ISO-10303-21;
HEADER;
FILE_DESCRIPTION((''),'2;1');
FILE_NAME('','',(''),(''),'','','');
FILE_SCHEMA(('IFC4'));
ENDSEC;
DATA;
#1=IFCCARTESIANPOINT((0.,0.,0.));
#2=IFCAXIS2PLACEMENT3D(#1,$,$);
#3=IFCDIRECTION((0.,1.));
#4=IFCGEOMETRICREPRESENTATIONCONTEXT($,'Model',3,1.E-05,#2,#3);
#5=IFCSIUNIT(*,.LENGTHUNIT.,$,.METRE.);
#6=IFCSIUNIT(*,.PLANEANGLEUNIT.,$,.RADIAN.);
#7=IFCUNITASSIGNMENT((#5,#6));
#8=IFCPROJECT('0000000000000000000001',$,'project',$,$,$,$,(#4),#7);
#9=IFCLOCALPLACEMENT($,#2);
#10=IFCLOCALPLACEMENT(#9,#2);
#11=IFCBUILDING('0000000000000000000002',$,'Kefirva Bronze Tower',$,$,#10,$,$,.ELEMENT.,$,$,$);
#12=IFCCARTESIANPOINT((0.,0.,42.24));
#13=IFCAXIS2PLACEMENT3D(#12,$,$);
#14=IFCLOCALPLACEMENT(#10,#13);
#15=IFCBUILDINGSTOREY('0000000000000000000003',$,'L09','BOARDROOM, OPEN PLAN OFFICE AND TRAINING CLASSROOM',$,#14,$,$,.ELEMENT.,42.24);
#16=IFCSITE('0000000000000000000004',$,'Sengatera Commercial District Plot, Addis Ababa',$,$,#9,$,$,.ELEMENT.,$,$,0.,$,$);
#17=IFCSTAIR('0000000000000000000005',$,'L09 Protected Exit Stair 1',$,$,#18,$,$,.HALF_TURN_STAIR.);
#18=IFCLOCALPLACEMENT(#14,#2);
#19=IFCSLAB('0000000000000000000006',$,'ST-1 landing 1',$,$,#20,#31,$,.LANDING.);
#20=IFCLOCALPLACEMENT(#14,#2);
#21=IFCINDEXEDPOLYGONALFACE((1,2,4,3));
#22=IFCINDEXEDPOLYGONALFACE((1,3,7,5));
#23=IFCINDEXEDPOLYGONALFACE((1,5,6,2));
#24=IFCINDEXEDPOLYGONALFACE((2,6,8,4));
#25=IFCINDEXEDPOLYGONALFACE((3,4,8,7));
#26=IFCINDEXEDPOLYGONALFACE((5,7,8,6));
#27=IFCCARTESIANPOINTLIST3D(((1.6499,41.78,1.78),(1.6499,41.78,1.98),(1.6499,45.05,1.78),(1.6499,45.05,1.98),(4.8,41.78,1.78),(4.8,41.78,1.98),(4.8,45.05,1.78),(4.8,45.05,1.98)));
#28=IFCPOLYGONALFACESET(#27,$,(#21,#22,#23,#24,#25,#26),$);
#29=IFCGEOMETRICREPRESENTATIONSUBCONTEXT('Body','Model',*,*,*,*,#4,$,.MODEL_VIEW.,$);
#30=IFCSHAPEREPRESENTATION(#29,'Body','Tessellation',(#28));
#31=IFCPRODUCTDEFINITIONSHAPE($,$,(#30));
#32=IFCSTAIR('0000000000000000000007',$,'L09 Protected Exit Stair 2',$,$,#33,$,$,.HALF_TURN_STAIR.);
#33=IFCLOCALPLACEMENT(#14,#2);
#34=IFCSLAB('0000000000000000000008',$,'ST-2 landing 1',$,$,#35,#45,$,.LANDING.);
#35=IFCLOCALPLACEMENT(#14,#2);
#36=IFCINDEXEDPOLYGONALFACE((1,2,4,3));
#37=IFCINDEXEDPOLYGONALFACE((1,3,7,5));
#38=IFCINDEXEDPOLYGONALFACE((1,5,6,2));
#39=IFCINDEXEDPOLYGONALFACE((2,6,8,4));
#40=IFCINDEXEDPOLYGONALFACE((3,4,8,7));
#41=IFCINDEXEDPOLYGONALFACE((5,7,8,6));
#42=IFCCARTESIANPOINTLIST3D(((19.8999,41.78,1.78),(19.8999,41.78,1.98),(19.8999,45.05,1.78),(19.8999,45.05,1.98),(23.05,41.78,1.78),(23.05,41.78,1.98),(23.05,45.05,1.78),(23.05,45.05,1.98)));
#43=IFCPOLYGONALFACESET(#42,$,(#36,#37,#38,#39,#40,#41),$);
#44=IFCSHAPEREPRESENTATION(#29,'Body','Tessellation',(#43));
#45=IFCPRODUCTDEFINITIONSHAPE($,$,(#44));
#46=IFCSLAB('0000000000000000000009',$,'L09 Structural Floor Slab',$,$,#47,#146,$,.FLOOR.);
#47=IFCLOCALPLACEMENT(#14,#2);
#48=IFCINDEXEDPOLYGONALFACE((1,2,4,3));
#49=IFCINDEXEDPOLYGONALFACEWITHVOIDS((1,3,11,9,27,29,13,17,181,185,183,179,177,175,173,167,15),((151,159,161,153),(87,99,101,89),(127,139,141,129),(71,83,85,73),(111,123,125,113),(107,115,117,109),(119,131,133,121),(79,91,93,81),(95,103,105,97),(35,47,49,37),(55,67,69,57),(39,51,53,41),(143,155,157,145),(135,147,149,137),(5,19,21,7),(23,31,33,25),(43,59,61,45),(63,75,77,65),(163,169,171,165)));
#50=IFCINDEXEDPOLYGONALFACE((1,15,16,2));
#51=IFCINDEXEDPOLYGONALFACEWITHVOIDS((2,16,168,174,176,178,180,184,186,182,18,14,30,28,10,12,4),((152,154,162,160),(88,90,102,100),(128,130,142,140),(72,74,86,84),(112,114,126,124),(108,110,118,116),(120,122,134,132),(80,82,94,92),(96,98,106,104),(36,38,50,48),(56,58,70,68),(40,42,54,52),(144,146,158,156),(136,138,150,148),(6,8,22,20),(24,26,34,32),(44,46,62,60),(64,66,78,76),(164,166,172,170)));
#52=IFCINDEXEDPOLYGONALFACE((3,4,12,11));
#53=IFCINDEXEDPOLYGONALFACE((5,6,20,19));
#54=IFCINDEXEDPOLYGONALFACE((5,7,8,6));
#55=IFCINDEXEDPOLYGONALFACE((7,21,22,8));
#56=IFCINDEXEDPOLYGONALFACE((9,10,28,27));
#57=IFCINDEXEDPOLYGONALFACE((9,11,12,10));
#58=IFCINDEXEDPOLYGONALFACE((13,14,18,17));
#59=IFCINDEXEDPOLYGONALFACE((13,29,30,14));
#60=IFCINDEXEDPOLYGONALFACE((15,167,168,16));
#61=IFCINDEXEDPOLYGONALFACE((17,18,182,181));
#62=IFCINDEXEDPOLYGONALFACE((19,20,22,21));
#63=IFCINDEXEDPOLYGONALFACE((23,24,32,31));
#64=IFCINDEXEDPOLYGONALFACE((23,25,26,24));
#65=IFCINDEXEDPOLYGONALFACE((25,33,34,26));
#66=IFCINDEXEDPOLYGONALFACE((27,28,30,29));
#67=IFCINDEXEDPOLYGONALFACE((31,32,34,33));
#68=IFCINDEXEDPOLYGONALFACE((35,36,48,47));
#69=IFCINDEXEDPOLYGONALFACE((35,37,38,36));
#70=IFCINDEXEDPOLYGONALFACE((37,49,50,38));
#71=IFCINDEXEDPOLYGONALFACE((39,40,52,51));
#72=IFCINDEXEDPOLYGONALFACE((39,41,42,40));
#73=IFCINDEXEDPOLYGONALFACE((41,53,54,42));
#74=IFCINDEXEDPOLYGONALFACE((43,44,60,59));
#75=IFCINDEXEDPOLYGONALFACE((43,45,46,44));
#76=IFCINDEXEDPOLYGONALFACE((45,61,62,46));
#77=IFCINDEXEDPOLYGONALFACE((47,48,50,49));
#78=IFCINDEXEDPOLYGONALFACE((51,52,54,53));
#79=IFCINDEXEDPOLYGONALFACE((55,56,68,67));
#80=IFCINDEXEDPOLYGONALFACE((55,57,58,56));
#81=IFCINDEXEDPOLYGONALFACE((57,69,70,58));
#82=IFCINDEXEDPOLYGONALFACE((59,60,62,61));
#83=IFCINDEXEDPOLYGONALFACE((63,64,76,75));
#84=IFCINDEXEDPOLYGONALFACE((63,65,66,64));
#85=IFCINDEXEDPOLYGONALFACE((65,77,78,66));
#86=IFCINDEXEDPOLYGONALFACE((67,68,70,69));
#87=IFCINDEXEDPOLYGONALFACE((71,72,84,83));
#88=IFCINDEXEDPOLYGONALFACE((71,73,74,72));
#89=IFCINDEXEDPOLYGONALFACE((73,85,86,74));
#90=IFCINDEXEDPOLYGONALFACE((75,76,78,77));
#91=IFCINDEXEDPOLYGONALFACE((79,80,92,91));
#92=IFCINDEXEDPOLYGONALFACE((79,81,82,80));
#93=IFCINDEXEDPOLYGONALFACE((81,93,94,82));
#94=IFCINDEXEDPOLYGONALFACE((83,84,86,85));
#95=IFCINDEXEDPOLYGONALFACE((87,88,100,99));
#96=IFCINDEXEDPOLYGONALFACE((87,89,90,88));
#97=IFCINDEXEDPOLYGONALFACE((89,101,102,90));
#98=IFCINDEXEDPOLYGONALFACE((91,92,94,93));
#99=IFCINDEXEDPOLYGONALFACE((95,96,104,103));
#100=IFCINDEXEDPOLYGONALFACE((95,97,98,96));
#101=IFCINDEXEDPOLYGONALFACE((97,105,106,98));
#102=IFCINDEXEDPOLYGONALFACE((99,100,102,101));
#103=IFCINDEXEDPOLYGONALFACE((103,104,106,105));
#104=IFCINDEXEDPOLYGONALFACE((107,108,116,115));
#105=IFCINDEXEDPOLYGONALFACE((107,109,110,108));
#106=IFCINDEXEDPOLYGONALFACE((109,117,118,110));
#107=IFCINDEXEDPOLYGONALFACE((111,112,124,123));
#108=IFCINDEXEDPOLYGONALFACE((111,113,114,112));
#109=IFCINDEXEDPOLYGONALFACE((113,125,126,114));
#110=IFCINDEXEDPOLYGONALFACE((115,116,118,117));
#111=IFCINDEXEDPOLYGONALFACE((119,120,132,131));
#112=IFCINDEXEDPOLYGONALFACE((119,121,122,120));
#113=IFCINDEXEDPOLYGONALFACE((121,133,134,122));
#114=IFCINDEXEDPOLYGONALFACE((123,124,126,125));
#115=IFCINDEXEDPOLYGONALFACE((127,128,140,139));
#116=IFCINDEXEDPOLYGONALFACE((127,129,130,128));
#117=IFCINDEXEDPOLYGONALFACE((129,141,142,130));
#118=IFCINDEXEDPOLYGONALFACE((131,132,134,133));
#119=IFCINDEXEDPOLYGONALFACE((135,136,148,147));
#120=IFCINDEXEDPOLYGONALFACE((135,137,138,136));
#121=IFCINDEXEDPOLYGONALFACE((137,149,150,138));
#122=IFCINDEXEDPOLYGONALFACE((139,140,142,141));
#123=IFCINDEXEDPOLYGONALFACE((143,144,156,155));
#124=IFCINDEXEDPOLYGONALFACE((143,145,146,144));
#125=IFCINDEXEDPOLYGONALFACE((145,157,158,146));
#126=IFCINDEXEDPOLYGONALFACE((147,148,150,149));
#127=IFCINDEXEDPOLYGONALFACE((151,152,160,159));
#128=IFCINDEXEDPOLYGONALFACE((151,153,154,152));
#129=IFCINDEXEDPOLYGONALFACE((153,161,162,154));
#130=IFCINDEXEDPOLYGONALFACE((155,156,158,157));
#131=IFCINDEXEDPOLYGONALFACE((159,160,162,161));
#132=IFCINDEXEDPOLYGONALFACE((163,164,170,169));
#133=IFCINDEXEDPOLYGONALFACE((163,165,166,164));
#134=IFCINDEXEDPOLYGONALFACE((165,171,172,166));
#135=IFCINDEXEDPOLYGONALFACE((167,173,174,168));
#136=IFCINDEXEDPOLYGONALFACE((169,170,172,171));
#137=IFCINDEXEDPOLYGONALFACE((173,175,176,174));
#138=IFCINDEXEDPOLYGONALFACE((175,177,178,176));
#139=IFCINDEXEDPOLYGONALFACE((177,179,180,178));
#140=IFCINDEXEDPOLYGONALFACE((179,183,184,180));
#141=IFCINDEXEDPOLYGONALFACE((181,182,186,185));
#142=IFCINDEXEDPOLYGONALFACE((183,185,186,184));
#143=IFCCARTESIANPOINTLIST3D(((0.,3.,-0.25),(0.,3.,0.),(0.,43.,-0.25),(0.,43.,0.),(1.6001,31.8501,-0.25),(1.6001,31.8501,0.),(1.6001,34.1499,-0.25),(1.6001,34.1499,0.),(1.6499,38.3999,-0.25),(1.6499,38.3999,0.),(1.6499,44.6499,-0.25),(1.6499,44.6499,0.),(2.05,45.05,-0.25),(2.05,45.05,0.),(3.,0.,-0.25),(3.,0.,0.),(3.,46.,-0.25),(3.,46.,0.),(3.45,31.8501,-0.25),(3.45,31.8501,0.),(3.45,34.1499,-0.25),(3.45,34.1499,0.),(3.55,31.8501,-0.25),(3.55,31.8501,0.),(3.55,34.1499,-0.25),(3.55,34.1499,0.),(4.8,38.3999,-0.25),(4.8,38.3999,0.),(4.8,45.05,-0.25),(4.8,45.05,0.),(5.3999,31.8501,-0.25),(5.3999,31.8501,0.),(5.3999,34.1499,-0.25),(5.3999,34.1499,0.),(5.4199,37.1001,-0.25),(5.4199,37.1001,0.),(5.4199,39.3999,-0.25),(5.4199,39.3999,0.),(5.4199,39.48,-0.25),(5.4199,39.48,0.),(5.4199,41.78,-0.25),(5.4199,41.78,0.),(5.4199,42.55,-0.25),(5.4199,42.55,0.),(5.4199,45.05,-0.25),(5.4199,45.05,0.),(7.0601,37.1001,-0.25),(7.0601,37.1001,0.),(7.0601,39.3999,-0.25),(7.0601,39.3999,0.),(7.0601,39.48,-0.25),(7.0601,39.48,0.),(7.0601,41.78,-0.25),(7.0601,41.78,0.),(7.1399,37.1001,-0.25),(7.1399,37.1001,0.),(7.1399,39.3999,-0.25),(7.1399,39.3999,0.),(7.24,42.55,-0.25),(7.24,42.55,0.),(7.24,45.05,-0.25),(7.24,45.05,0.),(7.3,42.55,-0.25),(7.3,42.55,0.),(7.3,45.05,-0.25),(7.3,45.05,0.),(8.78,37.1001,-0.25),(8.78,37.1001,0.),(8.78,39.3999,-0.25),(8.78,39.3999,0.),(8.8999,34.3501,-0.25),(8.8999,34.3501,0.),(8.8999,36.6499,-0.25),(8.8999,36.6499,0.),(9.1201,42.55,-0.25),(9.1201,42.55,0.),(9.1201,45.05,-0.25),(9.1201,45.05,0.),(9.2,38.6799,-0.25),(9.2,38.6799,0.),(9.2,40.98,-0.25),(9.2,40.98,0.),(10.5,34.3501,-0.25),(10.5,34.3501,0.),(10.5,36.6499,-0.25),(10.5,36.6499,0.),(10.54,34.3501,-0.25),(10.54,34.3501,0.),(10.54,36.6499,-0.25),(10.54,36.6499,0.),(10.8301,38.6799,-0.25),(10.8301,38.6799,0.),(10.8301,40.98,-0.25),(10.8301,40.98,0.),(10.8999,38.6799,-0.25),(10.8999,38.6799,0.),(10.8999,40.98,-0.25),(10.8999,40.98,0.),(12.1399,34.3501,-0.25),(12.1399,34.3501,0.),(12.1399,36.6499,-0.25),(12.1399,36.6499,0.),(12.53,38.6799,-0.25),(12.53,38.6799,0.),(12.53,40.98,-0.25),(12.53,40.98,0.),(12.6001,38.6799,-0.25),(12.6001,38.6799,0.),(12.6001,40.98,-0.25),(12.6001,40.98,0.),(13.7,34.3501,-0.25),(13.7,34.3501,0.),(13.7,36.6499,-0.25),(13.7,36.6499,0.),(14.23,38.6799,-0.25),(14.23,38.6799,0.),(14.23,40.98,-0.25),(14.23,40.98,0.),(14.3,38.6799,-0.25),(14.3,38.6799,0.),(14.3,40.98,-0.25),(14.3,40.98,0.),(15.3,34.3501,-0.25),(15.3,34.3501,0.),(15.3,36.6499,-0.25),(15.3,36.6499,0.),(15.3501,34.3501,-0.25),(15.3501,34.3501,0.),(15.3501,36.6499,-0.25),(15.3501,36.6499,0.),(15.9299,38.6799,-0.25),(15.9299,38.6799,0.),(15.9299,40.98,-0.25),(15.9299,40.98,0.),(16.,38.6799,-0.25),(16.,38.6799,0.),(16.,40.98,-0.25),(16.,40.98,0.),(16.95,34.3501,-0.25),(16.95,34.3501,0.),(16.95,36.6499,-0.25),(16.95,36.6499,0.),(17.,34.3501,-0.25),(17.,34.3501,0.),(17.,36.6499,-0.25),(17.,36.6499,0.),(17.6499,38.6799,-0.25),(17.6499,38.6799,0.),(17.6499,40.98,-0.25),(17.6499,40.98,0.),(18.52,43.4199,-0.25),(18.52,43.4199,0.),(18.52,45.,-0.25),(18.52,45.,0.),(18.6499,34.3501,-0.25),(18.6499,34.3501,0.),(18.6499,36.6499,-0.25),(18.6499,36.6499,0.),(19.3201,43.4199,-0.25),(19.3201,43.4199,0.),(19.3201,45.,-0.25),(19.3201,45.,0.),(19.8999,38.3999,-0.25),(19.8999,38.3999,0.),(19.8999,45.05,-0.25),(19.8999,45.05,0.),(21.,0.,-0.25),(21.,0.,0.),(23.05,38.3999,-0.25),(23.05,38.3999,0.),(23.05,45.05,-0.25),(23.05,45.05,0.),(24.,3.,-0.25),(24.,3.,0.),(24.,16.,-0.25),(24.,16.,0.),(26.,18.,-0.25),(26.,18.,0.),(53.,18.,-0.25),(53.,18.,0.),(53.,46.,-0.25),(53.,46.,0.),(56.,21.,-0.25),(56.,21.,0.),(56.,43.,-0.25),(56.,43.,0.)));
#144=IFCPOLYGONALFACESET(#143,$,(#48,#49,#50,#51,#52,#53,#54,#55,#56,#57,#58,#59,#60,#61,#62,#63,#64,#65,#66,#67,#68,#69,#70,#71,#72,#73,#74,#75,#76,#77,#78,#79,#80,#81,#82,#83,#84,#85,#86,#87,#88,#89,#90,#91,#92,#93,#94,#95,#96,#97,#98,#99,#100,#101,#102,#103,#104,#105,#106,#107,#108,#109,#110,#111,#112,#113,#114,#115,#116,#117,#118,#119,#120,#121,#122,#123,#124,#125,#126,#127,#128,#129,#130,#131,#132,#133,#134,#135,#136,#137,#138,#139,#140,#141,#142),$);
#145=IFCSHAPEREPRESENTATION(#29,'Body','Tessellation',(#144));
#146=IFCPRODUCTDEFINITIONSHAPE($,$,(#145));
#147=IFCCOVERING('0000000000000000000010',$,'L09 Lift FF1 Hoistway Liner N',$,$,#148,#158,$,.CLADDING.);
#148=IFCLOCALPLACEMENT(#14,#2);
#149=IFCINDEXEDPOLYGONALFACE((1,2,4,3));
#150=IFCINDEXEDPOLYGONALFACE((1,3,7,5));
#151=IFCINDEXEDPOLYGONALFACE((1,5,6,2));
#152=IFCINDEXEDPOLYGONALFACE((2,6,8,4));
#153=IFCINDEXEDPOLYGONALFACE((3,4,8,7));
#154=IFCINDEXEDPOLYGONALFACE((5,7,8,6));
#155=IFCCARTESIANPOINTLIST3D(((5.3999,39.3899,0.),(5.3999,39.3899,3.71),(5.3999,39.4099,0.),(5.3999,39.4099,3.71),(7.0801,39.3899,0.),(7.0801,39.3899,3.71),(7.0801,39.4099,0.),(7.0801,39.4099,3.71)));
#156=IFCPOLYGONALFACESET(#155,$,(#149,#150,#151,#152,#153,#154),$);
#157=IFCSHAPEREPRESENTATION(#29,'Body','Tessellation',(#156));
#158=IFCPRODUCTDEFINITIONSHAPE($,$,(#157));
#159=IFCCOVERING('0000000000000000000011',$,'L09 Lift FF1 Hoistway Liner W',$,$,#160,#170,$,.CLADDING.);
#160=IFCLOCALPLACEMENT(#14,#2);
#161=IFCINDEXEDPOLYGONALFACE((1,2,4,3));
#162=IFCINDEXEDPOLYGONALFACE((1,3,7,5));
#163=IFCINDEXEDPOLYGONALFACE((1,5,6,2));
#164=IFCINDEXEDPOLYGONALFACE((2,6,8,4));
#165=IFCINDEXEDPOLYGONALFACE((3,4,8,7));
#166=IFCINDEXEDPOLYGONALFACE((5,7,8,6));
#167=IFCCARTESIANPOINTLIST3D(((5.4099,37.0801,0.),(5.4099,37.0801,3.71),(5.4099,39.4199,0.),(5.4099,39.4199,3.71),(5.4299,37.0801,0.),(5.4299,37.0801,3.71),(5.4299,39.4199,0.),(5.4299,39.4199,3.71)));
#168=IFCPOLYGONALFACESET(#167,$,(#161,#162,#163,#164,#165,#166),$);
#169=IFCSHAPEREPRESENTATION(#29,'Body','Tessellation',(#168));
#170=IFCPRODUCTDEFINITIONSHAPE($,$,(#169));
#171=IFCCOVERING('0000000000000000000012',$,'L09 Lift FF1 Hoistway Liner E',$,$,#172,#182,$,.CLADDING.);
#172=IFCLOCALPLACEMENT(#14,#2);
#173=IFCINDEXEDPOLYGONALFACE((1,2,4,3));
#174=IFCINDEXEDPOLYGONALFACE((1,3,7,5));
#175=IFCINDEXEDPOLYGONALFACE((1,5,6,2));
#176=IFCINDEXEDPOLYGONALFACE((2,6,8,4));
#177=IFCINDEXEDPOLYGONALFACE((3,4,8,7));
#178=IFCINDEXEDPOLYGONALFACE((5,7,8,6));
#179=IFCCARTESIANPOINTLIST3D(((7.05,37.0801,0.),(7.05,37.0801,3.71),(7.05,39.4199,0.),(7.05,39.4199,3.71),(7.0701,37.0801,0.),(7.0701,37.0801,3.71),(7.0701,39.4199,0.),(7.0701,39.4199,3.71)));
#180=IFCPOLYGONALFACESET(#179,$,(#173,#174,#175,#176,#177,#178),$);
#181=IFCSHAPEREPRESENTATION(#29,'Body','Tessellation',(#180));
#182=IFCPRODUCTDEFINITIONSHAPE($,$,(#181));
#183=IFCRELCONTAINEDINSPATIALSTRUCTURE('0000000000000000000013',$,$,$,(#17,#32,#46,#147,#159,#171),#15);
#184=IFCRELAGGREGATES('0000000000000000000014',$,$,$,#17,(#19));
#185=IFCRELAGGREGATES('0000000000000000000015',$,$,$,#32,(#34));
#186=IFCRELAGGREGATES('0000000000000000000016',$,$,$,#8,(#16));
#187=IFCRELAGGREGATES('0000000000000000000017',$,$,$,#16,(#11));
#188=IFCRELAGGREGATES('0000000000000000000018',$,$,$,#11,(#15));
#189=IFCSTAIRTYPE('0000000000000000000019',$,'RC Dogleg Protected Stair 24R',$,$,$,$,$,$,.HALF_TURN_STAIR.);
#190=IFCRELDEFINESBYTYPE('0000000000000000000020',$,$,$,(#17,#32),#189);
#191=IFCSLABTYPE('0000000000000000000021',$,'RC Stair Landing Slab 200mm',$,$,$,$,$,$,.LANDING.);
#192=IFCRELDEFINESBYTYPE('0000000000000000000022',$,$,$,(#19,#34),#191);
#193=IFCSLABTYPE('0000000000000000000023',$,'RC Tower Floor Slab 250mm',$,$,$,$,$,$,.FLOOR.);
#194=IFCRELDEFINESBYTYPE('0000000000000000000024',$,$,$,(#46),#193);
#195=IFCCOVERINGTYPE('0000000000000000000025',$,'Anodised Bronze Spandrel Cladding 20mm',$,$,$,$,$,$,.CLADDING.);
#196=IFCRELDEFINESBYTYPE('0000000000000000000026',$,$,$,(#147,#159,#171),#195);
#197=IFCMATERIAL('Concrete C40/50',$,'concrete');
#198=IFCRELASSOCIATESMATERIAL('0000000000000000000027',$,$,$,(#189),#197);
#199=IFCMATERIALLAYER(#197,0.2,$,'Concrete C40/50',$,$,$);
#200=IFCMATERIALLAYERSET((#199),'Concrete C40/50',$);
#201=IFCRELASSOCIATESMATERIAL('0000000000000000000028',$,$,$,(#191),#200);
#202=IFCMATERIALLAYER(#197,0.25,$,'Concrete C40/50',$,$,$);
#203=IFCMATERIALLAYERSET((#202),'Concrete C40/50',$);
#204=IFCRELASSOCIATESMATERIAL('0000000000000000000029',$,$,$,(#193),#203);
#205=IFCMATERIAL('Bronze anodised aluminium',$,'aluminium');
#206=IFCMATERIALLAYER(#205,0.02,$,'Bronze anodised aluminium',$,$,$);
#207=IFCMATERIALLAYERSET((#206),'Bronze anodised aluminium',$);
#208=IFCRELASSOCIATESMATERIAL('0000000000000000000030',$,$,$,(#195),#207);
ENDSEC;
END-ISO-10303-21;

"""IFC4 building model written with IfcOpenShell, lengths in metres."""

from ifc_helpers import new_model, si_unit, direction, frame, origin, place, context, subcontext, project, spatial, polyline, outline, extrude, material, layer, layer_set, type_object, element, aggregate, save


model = new_model("IFC4")

# Units and contexts
model_context = context("Model", 3, precision=1e-05, world=origin(), true_north=direction((0.0, 1.0)))
body_context = subcontext(model_context, "Body", "Model", "MODEL_VIEW")
ifc_project = project(units=[si_unit("LENGTHUNIT", "METRE"), si_unit("PLANEANGLEUNIT", "RADIAN")], contexts=[model_context])

# Site, building, storey
site_placement = place(None, origin())
site = spatial("IfcSite", under=ifc_project, at=site_placement, Name="Sengatera Commercial District Plot, Addis Ababa", CompositionType="ELEMENT", RefElevation=0.0)
building_placement = place(site_placement, origin())
building = spatial("IfcBuilding", under=site, at=building_placement, Name="Kefirva Bronze Tower", CompositionType="ELEMENT")
storey_placement = place(building_placement, frame((0.0, 0.0, 42.24)))
storey = spatial("IfcBuildingStorey", under=building, at=storey_placement, Name="L09", Description="BOARDROOM, OPEN PLAN OFFICE AND TRAINING CLASSROOM", CompositionType="ELEMENT", Elevation=42.24)

# Stairs, slabs
ifc_material_1 = material(Name="Concrete C40/50", Category="concrete")
stair_type = type_object("IfcStairType", Name="RC Dogleg Protected Stair 24R", PredefinedType="HALF_TURN_STAIR", material=ifc_material_1)
stair_1_placement = place(storey_placement, origin())
stair_1 = element("IfcStair", 1, at=stair_1_placement, inside=storey, type_object=stair_type, Name="L09 Protected Exit Stair 1", PredefinedType="HALF_TURN_STAIR")
ifc_layer_1 = layer(ifc_material_1, 0.2, Name="Concrete C40/50")
ifc_layer_set_1 = layer_set([ifc_layer_1], Name="Concrete C40/50")
slab_type_1 = type_object("IfcSlabType", Name="RC Stair Landing Slab 200mm", PredefinedType="LANDING", material=ifc_layer_set_1)
slab_1_placement = place(storey_placement, frame((0.0, 0.0, 1.78)))
slab_1 = element("IfcSlab", 2, at=slab_1_placement, type_object=slab_type_1, Name="ST-1 landing 1", PredefinedType="LANDING", context=body_context, shape_type="SweptSolid", body=[
    extrude(outline(polyline([(4.8, 41.78), (4.8, 45.05), (1.6499, 45.05), (1.6499, 41.78), (4.8, 41.78)])), origin(), (0.0, 0.0, 1.0), 0.2),
])
aggregate(stair_1, [slab_1])
stair_2_placement = place(storey_placement, origin())
stair_2 = element("IfcStair", 3, at=stair_2_placement, inside=storey, type_object=stair_type, Name="L09 Protected Exit Stair 2", PredefinedType="HALF_TURN_STAIR")
slab_2_placement = place(storey_placement, frame((0.0, 0.0, 1.78)))
slab_2 = element("IfcSlab", 4, at=slab_2_placement, type_object=slab_type_1, Name="ST-2 landing 1", PredefinedType="LANDING", context=body_context, shape_type="SweptSolid", body=[
    extrude(outline(polyline([(23.05, 41.78), (23.05, 45.05), (19.8999, 45.05), (19.8999, 41.78), (23.05, 41.78)])), origin(), (0.0, 0.0, 1.0), 0.2),
])
aggregate(stair_2, [slab_2])

# Slab
ifc_layer_2 = layer(ifc_material_1, 0.25, Name="Concrete C40/50")
ifc_layer_set_2 = layer_set([ifc_layer_2], Name="Concrete C40/50")
slab_type_2 = type_object("IfcSlabType", Name="RC Tower Floor Slab 250mm", PredefinedType="FLOOR", material=ifc_layer_set_2)
slab_3_placement = place(storey_placement, frame((0.0, 0.0, -0.25)))
element("IfcSlab", 5, at=slab_3_placement, inside=storey, type_object=slab_type_2, Name="L09 Structural Floor Slab", PredefinedType="FLOOR", context=body_context, shape_type="SweptSolid", body=[
    extrude(outline(polyline([(0.0, 3.0), (0.0, 43.0), (1.6499, 44.6499), (1.6499, 38.3999), (4.8, 38.3999), (4.8, 45.05), (2.05, 45.05), (3.0, 46.0), (53.0, 46.0), (56.0, 43.0), (56.0, 21.0), (53.0, 18.0), (26.0, 18.0), (24.0, 16.0), (24.0, 3.0), (21.0, 0.0), (3.0, 0.0), (0.0, 3.0)]), holes=[polyline([(19.8999, 38.3999), (23.05, 38.3999), (23.05, 45.05), (19.8999, 45.05), (19.8999, 38.3999)]), polyline([(18.52, 43.4199), (19.3201, 43.4199), (19.3201, 45.0), (18.52, 45.0), (18.52, 43.4199)]), polyline([(17.0, 34.3501), (18.6499, 34.3501), (18.6499, 36.6499), (17.0, 36.6499), (17.0, 34.3501)]), polyline([(17.6499, 38.6799), (17.6499, 40.98), (16.0, 40.98), (16.0, 38.6799), (17.6499, 38.6799)]), polyline([(16.95, 34.3501), (16.95, 36.6499), (15.3501, 36.6499), (15.3501, 34.3501), (16.95, 34.3501)]), polyline([(15.9299, 38.6799), (15.9299, 40.98), (14.3, 40.98), (14.3, 38.6799), (15.9299, 38.6799)]), polyline([(15.3, 34.3501), (15.3, 36.6499), (13.7, 36.6499), (13.7, 34.3501), (15.3, 34.3501)]), polyline([(14.23, 38.6799), (14.23, 40.98), (12.6001, 40.98), (12.6001, 38.6799), (14.23, 38.6799)]), polyline([(10.8999, 38.6799), (12.53, 38.6799), (12.53, 40.98), (10.8999, 40.98), (10.8999, 38.6799)]), polyline([(12.1399, 34.3501), (12.1399, 36.6499), (10.54, 36.6499), (10.54, 34.3501), (12.1399, 34.3501)]), polyline([(10.8301, 38.6799), (10.8301, 40.98), (9.2, 40.98), (9.2, 38.6799), (10.8301, 38.6799)]), polyline([(10.5, 34.3501), (10.5, 36.6499), (8.8999, 36.6499), (8.8999, 34.3501), (10.5, 34.3501)]), polyline([(7.3, 42.55), (9.1201, 42.55), (9.1201, 45.05), (7.3, 45.05), (7.3, 42.55)]), polyline([(7.1399, 37.1001), (8.78, 37.1001), (8.78, 39.3999), (7.1399, 39.3999), (7.1399, 37.1001)]), polyline([(5.4199, 42.55), (7.24, 42.55), (7.24, 45.05), (5.4199, 45.05), (5.4199, 42.55)]), polyline([(7.0601, 39.48), (7.0601, 41.78), (5.4199, 41.78), (5.4199, 39.48), (7.0601, 39.48)]), polyline([(5.4199, 37.1001), (7.0601, 37.1001), (7.0601, 39.3999), (5.4199, 39.3999), (5.4199, 37.1001)]), polyline([(5.3999, 31.8501), (5.3999, 34.1499), (3.55, 34.1499), (3.55, 31.8501), (5.3999, 31.8501)]), polyline([(3.45, 31.8501), (3.45, 34.1499), (1.6001, 34.1499), (1.6001, 31.8501), (3.45, 31.8501)])]), origin(), (0.0, 0.0, 1.0), 0.25),
])

# Coverings
ifc_material_2 = material(Name="Bronze anodised aluminium", Category="aluminium")
ifc_layer_3 = layer(ifc_material_2, 0.02, Name="Bronze anodised aluminium")
ifc_layer_set_3 = layer_set([ifc_layer_3], Name="Bronze anodised aluminium")
covering_type = type_object("IfcCoveringType", Name="Anodised Bronze Spandrel Cladding 20mm", PredefinedType="CLADDING", material=ifc_layer_set_3)
covering_1_placement = place(storey_placement, origin())
element("IfcCovering", 6, at=covering_1_placement, inside=storey, type_object=covering_type, Name="L09 Lift FF1 Hoistway Liner N", PredefinedType="CLADDING", context=body_context, shape_type="SweptSolid", body=[
    extrude(outline(polyline([(5.3999, 39.3899), (7.0801, 39.3899), (7.0801, 39.4099), (5.3999, 39.4099), (5.3999, 39.3899)])), origin(), (0.0, 0.0, 1.0), 3.71),
])
covering_2_placement = place(storey_placement, origin())
element("IfcCovering", 7, at=covering_2_placement, inside=storey, type_object=covering_type, Name="L09 Lift FF1 Hoistway Liner W", PredefinedType="CLADDING", context=body_context, shape_type="SweptSolid", body=[
    extrude(outline(polyline([(5.4099, 37.0801), (5.4299, 37.0801), (5.4299, 39.4199), (5.4099, 39.4199), (5.4099, 37.0801)])), origin(), (0.0, 0.0, 1.0), 3.71),
])
covering_3_placement = place(storey_placement, origin())
element("IfcCovering", 8, at=covering_3_placement, inside=storey, type_object=covering_type, Name="L09 Lift FF1 Hoistway Liner E", PredefinedType="CLADDING", context=body_context, shape_type="SweptSolid", body=[
    extrude(outline(polyline([(7.05, 37.0801), (7.0701, 37.0801), (7.0701, 39.4199), (7.05, 39.4199), (7.05, 37.0801)])), origin(), (0.0, 0.0, 1.0), 3.71),
])

save(model, "model.ifc")
